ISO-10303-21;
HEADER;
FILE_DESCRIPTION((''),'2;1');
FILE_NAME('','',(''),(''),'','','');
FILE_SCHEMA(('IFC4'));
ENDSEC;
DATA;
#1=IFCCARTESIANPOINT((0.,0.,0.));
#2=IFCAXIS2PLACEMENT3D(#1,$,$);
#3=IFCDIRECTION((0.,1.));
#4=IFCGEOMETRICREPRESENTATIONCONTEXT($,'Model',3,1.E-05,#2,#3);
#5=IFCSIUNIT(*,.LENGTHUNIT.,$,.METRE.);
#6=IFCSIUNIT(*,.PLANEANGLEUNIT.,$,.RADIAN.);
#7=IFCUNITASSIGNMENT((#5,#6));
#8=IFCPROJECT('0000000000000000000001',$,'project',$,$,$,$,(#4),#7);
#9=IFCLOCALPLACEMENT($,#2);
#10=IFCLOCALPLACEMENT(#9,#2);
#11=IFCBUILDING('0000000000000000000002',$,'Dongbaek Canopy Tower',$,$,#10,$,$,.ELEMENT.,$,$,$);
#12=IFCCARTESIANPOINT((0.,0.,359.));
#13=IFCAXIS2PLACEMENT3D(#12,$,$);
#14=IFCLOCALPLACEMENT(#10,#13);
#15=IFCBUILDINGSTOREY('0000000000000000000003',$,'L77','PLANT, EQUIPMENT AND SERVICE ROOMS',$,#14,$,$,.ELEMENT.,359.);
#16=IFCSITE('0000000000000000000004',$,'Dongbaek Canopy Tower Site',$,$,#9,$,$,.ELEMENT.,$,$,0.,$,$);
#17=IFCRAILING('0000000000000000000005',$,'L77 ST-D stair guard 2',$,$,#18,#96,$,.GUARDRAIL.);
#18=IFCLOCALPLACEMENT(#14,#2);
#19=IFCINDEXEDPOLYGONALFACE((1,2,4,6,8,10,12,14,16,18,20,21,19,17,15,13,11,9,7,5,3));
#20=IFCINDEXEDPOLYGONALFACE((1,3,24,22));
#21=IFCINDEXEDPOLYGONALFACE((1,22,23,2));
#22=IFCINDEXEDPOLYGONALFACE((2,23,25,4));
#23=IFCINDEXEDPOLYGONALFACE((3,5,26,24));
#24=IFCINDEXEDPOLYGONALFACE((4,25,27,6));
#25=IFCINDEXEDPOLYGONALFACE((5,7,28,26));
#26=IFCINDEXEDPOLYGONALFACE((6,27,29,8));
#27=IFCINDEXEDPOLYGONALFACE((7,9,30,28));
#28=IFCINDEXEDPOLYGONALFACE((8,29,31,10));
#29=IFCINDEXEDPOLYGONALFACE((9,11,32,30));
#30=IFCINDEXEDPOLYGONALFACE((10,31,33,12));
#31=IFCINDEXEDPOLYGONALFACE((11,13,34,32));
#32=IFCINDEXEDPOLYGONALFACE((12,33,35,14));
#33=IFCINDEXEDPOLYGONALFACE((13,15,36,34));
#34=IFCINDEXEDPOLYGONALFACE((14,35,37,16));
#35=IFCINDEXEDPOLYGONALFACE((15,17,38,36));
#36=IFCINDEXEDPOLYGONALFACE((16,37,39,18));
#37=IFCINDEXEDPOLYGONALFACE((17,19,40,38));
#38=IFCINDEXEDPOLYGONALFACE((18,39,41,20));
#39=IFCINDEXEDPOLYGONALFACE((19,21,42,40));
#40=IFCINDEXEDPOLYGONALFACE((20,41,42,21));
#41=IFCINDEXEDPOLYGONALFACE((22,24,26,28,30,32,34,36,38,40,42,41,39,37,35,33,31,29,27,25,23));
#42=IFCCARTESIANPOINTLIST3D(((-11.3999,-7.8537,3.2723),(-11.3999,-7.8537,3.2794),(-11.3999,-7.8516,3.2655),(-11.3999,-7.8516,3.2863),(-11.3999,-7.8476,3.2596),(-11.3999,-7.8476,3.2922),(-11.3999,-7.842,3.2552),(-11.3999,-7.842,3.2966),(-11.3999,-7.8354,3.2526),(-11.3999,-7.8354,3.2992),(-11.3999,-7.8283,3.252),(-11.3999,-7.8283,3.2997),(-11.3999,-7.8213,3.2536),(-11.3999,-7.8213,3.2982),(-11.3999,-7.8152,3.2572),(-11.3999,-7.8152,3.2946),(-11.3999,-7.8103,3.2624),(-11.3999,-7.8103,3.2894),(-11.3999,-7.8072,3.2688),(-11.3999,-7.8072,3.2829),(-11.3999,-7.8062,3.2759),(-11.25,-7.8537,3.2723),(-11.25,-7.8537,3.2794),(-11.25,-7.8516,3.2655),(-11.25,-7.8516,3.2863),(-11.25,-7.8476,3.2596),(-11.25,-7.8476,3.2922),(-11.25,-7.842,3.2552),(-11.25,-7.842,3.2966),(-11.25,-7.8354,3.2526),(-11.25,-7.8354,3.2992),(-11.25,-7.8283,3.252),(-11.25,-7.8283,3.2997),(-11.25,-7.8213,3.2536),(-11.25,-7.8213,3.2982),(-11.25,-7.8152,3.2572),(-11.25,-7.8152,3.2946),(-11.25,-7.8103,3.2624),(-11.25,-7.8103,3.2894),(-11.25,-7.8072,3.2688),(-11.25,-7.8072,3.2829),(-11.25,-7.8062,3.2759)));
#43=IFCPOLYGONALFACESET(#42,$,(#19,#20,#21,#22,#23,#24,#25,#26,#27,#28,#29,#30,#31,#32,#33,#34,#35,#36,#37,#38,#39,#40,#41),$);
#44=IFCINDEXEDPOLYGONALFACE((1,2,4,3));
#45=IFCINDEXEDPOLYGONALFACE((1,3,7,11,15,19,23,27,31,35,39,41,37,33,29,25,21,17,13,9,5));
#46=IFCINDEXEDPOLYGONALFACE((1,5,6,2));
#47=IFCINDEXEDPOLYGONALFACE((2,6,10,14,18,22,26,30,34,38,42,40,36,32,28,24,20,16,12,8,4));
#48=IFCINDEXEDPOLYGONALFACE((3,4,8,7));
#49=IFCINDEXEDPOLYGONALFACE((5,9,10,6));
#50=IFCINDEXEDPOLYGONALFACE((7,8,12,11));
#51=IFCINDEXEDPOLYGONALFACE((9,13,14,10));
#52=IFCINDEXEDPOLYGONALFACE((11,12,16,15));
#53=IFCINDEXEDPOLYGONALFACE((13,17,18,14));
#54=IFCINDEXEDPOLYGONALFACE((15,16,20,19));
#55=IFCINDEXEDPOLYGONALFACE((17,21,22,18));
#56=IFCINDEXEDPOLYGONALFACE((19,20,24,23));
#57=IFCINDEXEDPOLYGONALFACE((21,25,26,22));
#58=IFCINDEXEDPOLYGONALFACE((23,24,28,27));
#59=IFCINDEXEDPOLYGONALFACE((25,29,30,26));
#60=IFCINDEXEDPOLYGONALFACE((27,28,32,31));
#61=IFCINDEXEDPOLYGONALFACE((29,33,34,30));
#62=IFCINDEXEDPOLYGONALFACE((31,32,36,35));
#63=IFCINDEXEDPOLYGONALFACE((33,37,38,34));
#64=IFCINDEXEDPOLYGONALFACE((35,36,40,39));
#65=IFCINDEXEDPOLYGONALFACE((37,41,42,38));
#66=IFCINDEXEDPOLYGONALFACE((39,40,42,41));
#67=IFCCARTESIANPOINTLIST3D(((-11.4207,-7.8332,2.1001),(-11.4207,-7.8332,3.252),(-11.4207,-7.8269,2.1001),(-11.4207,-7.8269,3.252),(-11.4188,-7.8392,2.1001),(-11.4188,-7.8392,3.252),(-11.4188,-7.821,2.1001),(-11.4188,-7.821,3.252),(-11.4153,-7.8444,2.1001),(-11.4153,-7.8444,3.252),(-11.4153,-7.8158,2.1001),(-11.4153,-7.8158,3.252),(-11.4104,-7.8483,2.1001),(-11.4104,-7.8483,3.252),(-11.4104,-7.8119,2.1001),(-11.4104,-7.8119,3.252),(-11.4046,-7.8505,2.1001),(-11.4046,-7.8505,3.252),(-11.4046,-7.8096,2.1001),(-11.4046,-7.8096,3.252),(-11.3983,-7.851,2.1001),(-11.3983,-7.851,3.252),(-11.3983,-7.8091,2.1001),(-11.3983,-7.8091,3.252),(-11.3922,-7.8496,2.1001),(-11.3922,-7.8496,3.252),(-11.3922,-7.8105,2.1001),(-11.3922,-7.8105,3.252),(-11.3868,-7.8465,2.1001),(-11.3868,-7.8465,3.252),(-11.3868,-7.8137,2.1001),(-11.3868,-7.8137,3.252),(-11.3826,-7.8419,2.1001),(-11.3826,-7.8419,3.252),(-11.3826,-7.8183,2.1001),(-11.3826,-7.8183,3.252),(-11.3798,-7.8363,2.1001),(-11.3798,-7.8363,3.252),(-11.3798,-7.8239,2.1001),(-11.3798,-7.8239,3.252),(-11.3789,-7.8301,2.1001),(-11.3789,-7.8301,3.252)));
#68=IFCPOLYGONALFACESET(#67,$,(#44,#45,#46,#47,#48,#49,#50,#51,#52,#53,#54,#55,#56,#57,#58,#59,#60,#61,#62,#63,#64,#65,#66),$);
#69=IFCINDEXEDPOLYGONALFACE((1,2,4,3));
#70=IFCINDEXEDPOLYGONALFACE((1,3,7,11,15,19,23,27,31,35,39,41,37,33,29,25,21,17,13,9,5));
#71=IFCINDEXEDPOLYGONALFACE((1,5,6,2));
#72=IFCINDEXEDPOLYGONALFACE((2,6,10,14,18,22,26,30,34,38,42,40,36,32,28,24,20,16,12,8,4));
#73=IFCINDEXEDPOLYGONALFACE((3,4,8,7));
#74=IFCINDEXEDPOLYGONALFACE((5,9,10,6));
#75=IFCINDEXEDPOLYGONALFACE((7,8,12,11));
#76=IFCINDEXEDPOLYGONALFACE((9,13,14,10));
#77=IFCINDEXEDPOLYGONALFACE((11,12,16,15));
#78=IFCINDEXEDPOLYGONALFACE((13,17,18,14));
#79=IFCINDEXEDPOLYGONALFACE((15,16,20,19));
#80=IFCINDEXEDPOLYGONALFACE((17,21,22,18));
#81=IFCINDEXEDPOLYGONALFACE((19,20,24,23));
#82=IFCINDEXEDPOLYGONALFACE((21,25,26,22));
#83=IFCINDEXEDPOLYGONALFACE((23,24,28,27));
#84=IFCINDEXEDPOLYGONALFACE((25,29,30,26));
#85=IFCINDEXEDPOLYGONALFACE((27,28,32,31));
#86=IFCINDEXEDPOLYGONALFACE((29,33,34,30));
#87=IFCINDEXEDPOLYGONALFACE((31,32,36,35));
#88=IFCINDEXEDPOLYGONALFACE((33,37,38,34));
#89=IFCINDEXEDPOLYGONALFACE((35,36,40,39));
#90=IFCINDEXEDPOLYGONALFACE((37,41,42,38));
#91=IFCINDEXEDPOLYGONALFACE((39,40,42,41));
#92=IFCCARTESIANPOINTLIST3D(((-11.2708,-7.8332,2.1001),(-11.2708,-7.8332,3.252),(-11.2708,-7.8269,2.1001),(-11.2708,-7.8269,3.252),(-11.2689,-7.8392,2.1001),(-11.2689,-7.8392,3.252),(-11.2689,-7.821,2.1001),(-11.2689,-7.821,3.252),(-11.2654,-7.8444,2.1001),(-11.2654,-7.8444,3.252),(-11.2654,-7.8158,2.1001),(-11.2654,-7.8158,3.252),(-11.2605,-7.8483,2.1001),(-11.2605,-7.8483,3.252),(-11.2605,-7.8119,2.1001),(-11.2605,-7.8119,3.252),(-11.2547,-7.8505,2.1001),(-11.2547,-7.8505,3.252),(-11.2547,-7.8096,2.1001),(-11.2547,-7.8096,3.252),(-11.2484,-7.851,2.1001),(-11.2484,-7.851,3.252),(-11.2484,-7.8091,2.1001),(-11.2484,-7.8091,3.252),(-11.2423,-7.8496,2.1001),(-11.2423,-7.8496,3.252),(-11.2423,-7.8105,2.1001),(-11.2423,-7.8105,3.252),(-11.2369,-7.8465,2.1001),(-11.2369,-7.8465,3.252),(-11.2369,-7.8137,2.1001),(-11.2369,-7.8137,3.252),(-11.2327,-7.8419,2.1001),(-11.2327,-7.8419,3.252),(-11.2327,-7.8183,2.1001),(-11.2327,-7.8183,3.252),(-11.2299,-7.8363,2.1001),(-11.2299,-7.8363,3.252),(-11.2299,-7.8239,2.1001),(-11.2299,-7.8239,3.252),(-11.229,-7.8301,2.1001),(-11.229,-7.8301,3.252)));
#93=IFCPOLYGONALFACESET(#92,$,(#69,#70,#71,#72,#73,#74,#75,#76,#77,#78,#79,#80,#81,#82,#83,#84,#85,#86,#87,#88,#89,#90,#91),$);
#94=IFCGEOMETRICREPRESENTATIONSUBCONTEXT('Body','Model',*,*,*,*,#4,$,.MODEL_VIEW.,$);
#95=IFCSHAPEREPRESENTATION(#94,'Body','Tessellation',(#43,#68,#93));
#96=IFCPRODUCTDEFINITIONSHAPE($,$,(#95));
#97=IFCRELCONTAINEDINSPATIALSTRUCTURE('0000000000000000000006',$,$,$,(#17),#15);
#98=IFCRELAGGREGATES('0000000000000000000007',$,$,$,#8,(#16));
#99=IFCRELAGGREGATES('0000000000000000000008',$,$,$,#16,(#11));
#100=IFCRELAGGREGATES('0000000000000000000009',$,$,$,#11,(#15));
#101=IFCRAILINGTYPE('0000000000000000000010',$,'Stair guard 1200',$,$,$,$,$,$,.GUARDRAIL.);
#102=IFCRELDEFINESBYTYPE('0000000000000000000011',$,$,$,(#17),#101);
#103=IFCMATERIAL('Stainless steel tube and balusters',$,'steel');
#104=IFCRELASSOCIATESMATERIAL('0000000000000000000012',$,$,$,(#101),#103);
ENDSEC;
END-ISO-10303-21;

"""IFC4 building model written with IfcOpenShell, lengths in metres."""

from ifc_helpers import new_model, si_unit, direction, frame, origin, origin_2d, place, context, subcontext, project, spatial, circle, extrude, material, type_object, element, save


model = new_model("IFC4")

# Units and contexts
model_context = context("Model", 3, precision=1e-05, world=origin(), true_north=direction((0.0, 1.0)))
body_context = subcontext(model_context, "Body", "Model", "MODEL_VIEW")
ifc_project = project(units=[si_unit("LENGTHUNIT", "METRE"), si_unit("PLANEANGLEUNIT", "RADIAN")], contexts=[model_context])

# Site, building, storey
site_placement = place(None, origin())
site = spatial("IfcSite", under=ifc_project, at=site_placement, Name="Dongbaek Canopy Tower Site", CompositionType="ELEMENT", RefElevation=0.0)
building_placement = place(site_placement, origin())
building = spatial("IfcBuilding", under=site, at=building_placement, Name="Dongbaek Canopy Tower", CompositionType="ELEMENT")
storey_placement = place(building_placement, frame((0.0, 0.0, 359.0)))
storey = spatial("IfcBuildingStorey", under=building, at=storey_placement, Name="L77", Description="PLANT, EQUIPMENT AND SERVICE ROOMS", CompositionType="ELEMENT", Elevation=359.0)

# Railing
ifc_material_1 = material(Name="Stainless steel tube and balusters", Category="steel")
railing_type_1 = type_object("IfcRailingType", Name="Stair guard 1200", PredefinedType="GUARDRAIL", material=ifc_material_1)
railing_1_placement = place(storey_placement, frame((-11.3999, -7.8301, 2.1001)))
element("IfcRailing", 1, at=railing_1_placement, inside=storey, type_object=railing_type_1, Name="L77 ST-D stair guard 2", PredefinedType="GUARDRAIL", context=body_context, shape_type="SweptSolid", body=[
    extrude(circle(Radius=0.0239, at=origin_2d()), frame((0.0, 0.0, 1.1758), z_axis=(1.0, 0.0, 0.0), x_axis=(0.0, 1.0, 0.0)), (0.0, 0.0, 1.0), 0.1499),
    extrude(circle(Radius=0.021, at=origin_2d()), origin(), (0.0, 0.0, 1.0), 1.1519),
    extrude(circle(Radius=0.021, at=origin_2d()), frame((0.1499, 0.0, 0.0)), (0.0, 0.0, 1.0), 1.1519),
])

save(model, "model.ifc")
